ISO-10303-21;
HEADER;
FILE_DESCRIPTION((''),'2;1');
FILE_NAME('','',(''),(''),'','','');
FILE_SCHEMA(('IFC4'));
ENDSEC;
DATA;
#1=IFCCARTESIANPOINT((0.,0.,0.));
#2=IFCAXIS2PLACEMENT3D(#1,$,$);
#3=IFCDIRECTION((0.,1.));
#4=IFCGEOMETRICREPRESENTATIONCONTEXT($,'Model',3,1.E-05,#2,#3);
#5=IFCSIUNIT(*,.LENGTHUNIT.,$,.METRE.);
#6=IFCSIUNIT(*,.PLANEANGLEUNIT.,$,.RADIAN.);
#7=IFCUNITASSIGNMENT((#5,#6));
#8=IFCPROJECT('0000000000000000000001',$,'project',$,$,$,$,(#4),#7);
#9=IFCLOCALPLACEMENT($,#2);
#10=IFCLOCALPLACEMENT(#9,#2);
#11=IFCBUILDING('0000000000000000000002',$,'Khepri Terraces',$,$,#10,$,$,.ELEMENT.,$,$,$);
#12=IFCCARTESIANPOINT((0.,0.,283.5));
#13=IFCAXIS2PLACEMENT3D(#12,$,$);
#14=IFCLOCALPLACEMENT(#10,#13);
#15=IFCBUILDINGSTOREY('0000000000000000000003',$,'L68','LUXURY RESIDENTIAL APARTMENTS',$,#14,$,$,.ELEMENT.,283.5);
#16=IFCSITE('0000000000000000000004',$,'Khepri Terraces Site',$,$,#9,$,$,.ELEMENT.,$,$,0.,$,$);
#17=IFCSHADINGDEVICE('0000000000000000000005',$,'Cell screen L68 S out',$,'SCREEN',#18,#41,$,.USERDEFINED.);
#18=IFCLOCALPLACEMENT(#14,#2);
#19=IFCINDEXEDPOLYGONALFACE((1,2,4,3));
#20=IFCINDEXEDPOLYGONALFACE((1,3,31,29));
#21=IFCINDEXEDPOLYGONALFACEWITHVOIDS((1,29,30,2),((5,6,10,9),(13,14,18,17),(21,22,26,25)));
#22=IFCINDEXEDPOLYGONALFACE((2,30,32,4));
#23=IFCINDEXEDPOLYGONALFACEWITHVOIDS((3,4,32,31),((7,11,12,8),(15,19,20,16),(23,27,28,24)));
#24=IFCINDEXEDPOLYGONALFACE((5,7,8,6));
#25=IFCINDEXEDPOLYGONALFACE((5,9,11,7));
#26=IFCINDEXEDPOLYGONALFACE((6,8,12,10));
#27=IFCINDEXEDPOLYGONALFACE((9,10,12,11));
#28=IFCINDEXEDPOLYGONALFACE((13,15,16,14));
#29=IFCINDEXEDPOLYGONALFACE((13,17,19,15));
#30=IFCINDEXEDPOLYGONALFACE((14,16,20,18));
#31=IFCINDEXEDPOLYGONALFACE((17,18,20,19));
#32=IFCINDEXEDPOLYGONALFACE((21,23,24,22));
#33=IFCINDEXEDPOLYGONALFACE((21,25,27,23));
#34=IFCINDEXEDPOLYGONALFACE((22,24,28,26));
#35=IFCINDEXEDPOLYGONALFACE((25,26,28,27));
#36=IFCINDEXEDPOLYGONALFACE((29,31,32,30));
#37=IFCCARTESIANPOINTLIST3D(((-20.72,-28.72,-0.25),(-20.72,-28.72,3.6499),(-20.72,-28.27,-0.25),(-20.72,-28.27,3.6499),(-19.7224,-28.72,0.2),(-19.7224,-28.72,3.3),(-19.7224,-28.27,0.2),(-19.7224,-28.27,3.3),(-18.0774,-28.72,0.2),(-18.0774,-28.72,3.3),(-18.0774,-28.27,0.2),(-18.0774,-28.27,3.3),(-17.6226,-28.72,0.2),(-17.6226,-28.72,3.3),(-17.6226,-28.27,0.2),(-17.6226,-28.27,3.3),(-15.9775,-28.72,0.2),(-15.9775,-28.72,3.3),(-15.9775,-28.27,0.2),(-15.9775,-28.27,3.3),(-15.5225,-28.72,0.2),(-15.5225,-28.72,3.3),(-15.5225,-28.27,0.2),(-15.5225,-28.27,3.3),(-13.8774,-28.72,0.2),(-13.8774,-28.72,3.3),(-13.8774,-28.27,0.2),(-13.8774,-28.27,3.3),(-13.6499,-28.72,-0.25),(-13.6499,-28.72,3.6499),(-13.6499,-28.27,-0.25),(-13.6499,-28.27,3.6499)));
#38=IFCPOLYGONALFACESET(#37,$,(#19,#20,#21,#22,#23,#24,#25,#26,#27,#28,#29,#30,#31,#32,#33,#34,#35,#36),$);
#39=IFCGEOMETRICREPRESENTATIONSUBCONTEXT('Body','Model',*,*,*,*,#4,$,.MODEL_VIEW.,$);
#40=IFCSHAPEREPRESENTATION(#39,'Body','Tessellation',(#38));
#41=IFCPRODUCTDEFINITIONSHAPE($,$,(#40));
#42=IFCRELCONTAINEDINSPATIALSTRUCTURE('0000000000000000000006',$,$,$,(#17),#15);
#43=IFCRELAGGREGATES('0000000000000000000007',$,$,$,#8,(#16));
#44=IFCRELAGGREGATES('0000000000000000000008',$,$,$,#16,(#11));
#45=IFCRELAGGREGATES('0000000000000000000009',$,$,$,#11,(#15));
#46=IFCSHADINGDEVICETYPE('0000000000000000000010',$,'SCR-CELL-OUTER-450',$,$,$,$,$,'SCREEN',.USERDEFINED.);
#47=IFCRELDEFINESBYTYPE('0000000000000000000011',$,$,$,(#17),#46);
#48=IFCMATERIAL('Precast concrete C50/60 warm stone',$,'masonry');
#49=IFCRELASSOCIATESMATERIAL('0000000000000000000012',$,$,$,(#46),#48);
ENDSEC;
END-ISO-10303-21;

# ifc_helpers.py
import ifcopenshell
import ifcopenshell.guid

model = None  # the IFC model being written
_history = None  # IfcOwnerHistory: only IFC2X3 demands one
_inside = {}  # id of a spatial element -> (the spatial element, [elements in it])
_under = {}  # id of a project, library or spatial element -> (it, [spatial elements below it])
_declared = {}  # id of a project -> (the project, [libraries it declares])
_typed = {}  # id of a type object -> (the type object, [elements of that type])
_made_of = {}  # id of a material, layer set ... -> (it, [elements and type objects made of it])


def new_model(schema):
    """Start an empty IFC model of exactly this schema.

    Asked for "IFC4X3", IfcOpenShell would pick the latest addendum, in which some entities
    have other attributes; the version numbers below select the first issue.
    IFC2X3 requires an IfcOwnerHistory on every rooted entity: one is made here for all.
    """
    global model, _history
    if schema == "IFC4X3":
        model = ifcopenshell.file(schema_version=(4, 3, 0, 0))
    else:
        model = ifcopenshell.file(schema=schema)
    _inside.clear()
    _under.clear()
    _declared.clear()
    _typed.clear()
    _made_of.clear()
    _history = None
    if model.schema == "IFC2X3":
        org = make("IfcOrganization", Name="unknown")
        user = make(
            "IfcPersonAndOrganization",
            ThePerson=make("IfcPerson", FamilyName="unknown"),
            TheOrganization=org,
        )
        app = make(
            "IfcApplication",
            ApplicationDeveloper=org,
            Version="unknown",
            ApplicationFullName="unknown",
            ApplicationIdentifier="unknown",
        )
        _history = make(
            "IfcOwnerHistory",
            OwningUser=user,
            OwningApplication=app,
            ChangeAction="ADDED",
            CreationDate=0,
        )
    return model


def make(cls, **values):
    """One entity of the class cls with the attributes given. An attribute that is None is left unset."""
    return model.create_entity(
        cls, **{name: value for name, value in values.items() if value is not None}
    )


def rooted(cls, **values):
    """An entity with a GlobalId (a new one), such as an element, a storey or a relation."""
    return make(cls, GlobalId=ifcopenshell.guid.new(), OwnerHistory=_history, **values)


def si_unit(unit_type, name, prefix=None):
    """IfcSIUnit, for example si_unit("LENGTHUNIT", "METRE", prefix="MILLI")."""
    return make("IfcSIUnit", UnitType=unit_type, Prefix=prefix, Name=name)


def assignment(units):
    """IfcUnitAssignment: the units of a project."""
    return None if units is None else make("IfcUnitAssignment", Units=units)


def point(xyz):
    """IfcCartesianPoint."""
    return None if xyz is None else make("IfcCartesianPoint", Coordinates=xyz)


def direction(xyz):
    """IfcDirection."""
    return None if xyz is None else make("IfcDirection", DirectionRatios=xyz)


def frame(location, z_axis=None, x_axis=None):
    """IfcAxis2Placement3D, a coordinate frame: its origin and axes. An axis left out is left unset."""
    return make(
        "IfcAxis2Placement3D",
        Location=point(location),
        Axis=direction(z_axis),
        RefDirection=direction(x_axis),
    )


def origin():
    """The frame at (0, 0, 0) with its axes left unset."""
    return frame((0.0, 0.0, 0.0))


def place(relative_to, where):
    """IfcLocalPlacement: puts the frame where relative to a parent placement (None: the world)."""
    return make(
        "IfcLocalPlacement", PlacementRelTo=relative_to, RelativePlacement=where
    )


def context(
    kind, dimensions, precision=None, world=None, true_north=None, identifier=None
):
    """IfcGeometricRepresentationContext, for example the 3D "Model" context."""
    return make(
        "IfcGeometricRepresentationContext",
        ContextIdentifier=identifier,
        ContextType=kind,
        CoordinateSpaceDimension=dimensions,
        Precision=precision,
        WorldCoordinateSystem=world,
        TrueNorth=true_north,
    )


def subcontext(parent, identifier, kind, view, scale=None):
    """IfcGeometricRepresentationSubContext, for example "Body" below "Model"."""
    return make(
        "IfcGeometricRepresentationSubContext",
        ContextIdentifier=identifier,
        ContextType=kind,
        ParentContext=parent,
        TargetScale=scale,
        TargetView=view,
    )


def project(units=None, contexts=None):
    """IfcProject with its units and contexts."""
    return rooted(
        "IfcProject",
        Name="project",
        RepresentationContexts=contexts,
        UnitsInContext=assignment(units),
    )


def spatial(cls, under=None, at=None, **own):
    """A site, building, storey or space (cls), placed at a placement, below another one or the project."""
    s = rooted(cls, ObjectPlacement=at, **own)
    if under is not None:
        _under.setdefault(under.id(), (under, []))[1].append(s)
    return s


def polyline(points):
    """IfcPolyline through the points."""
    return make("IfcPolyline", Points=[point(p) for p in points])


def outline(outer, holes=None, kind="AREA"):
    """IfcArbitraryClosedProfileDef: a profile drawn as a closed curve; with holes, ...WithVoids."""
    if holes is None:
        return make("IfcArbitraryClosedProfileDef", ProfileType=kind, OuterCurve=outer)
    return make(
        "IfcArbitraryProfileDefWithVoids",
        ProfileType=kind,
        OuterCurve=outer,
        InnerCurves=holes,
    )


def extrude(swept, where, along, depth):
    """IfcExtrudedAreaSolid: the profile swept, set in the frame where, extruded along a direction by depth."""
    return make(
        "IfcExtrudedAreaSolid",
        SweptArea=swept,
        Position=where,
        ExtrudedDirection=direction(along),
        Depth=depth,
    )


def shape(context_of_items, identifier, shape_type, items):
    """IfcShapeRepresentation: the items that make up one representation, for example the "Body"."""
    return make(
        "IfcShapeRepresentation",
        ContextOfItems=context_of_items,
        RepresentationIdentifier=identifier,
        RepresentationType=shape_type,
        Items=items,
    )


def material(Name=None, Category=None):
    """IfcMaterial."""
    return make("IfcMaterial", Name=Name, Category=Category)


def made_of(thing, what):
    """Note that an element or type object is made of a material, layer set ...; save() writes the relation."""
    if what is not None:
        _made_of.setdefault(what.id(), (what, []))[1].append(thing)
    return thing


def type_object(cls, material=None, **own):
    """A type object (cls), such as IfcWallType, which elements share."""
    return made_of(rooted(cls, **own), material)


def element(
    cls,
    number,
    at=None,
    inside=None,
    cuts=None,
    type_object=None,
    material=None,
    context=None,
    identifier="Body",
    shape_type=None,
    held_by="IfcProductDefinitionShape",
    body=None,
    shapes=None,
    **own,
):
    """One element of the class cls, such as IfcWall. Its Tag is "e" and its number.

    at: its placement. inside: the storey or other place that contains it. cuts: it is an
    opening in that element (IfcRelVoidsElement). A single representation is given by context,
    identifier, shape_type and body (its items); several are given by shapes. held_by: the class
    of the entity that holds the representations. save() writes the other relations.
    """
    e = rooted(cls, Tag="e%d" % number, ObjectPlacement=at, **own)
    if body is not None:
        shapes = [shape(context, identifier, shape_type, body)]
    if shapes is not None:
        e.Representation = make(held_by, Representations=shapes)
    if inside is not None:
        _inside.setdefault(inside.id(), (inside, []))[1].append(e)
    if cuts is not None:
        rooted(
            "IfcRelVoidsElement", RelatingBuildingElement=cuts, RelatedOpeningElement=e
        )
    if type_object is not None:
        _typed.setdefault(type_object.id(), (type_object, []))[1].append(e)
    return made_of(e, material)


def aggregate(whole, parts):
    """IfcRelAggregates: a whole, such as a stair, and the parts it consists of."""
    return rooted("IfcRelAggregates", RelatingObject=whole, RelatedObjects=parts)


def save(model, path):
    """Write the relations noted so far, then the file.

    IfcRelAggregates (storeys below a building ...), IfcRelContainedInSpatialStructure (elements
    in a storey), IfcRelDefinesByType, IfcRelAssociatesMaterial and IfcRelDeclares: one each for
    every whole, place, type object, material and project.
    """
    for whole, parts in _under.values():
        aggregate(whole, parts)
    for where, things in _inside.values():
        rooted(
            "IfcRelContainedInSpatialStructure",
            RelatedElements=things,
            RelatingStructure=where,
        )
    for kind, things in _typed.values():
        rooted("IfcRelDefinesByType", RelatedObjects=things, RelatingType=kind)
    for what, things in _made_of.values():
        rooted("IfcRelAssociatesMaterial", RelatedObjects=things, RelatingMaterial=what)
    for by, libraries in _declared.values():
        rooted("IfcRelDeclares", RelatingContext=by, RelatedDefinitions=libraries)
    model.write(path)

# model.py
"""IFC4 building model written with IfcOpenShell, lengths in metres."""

from ifc_helpers import new_model, si_unit, direction, frame, origin, place, context, subcontext, project, spatial, polyline, outline, extrude, material, type_object, element, save


model = new_model("IFC4")

# Units and contexts
model_context = context("Model", 3, precision=1e-05, world=origin(), true_north=direction((0.0, 1.0)))
body_context = subcontext(model_context, "Body", "Model", "MODEL_VIEW")
ifc_project = project(units=[si_unit("LENGTHUNIT", "METRE"), si_unit("PLANEANGLEUNIT", "RADIAN")], contexts=[model_context])

# Site, building, storey
site_placement = place(None, origin())
site = spatial("IfcSite", under=ifc_project, at=site_placement, Name="Khepri Terraces Site", CompositionType="ELEMENT", RefElevation=0.0)
building_placement = place(site_placement, origin())
building = spatial("IfcBuilding", under=site, at=building_placement, Name="Khepri Terraces", CompositionType="ELEMENT")
storey_placement = place(building_placement, frame((0.0, 0.0, 283.5)))
storey = spatial("IfcBuildingStorey", under=building, at=storey_placement, Name="L68", Description="LUXURY RESIDENTIAL APARTMENTS", CompositionType="ELEMENT", Elevation=283.5)

# Shared definitions
ifc_material_1 = material(Name="Precast concrete C50/60 warm stone", Category="masonry")

# Shading device
shading_device_type_1 = type_object("IfcShadingDeviceType", Name="SCR-CELL-OUTER-450", ElementType="SCREEN", PredefinedType="USERDEFINED", material=ifc_material_1)
shading_device_1_placement = place(storey_placement, frame((-20.72, -28.27, -0.25), z_axis=(0.0, -1.0, 0.0), x_axis=(1.0, 0.0, 0.0)))
element("IfcShadingDevice", 1, at=shading_device_1_placement, inside=storey, type_object=shading_device_type_1, Name="Cell screen L68 S out", ObjectType="SCREEN", PredefinedType="USERDEFINED", context=body_context, shape_type="SweptSolid", body=[
    extrude(outline(polyline([(0.0, 0.0), (7.0701, 0.0), (7.0701, 3.8999), (0.0, 3.8999), (0.0, 0.0)]), holes=[polyline([(0.9976, 0.45), (2.6426, 0.45), (2.6426, 3.55), (0.9976, 3.55), (0.9976, 0.45)]), polyline([(3.0974, 0.45), (4.7424, 0.45), (4.7424, 3.55), (3.0974, 3.55), (3.0974, 0.45)]), polyline([(5.1975, 0.45), (6.8425, 0.45), (6.8425, 3.55), (5.1975, 3.55), (5.1975, 0.45)])]), origin(), (0.0, 0.0, 1.0), 0.45),
])

save(model, "model.ifc")
